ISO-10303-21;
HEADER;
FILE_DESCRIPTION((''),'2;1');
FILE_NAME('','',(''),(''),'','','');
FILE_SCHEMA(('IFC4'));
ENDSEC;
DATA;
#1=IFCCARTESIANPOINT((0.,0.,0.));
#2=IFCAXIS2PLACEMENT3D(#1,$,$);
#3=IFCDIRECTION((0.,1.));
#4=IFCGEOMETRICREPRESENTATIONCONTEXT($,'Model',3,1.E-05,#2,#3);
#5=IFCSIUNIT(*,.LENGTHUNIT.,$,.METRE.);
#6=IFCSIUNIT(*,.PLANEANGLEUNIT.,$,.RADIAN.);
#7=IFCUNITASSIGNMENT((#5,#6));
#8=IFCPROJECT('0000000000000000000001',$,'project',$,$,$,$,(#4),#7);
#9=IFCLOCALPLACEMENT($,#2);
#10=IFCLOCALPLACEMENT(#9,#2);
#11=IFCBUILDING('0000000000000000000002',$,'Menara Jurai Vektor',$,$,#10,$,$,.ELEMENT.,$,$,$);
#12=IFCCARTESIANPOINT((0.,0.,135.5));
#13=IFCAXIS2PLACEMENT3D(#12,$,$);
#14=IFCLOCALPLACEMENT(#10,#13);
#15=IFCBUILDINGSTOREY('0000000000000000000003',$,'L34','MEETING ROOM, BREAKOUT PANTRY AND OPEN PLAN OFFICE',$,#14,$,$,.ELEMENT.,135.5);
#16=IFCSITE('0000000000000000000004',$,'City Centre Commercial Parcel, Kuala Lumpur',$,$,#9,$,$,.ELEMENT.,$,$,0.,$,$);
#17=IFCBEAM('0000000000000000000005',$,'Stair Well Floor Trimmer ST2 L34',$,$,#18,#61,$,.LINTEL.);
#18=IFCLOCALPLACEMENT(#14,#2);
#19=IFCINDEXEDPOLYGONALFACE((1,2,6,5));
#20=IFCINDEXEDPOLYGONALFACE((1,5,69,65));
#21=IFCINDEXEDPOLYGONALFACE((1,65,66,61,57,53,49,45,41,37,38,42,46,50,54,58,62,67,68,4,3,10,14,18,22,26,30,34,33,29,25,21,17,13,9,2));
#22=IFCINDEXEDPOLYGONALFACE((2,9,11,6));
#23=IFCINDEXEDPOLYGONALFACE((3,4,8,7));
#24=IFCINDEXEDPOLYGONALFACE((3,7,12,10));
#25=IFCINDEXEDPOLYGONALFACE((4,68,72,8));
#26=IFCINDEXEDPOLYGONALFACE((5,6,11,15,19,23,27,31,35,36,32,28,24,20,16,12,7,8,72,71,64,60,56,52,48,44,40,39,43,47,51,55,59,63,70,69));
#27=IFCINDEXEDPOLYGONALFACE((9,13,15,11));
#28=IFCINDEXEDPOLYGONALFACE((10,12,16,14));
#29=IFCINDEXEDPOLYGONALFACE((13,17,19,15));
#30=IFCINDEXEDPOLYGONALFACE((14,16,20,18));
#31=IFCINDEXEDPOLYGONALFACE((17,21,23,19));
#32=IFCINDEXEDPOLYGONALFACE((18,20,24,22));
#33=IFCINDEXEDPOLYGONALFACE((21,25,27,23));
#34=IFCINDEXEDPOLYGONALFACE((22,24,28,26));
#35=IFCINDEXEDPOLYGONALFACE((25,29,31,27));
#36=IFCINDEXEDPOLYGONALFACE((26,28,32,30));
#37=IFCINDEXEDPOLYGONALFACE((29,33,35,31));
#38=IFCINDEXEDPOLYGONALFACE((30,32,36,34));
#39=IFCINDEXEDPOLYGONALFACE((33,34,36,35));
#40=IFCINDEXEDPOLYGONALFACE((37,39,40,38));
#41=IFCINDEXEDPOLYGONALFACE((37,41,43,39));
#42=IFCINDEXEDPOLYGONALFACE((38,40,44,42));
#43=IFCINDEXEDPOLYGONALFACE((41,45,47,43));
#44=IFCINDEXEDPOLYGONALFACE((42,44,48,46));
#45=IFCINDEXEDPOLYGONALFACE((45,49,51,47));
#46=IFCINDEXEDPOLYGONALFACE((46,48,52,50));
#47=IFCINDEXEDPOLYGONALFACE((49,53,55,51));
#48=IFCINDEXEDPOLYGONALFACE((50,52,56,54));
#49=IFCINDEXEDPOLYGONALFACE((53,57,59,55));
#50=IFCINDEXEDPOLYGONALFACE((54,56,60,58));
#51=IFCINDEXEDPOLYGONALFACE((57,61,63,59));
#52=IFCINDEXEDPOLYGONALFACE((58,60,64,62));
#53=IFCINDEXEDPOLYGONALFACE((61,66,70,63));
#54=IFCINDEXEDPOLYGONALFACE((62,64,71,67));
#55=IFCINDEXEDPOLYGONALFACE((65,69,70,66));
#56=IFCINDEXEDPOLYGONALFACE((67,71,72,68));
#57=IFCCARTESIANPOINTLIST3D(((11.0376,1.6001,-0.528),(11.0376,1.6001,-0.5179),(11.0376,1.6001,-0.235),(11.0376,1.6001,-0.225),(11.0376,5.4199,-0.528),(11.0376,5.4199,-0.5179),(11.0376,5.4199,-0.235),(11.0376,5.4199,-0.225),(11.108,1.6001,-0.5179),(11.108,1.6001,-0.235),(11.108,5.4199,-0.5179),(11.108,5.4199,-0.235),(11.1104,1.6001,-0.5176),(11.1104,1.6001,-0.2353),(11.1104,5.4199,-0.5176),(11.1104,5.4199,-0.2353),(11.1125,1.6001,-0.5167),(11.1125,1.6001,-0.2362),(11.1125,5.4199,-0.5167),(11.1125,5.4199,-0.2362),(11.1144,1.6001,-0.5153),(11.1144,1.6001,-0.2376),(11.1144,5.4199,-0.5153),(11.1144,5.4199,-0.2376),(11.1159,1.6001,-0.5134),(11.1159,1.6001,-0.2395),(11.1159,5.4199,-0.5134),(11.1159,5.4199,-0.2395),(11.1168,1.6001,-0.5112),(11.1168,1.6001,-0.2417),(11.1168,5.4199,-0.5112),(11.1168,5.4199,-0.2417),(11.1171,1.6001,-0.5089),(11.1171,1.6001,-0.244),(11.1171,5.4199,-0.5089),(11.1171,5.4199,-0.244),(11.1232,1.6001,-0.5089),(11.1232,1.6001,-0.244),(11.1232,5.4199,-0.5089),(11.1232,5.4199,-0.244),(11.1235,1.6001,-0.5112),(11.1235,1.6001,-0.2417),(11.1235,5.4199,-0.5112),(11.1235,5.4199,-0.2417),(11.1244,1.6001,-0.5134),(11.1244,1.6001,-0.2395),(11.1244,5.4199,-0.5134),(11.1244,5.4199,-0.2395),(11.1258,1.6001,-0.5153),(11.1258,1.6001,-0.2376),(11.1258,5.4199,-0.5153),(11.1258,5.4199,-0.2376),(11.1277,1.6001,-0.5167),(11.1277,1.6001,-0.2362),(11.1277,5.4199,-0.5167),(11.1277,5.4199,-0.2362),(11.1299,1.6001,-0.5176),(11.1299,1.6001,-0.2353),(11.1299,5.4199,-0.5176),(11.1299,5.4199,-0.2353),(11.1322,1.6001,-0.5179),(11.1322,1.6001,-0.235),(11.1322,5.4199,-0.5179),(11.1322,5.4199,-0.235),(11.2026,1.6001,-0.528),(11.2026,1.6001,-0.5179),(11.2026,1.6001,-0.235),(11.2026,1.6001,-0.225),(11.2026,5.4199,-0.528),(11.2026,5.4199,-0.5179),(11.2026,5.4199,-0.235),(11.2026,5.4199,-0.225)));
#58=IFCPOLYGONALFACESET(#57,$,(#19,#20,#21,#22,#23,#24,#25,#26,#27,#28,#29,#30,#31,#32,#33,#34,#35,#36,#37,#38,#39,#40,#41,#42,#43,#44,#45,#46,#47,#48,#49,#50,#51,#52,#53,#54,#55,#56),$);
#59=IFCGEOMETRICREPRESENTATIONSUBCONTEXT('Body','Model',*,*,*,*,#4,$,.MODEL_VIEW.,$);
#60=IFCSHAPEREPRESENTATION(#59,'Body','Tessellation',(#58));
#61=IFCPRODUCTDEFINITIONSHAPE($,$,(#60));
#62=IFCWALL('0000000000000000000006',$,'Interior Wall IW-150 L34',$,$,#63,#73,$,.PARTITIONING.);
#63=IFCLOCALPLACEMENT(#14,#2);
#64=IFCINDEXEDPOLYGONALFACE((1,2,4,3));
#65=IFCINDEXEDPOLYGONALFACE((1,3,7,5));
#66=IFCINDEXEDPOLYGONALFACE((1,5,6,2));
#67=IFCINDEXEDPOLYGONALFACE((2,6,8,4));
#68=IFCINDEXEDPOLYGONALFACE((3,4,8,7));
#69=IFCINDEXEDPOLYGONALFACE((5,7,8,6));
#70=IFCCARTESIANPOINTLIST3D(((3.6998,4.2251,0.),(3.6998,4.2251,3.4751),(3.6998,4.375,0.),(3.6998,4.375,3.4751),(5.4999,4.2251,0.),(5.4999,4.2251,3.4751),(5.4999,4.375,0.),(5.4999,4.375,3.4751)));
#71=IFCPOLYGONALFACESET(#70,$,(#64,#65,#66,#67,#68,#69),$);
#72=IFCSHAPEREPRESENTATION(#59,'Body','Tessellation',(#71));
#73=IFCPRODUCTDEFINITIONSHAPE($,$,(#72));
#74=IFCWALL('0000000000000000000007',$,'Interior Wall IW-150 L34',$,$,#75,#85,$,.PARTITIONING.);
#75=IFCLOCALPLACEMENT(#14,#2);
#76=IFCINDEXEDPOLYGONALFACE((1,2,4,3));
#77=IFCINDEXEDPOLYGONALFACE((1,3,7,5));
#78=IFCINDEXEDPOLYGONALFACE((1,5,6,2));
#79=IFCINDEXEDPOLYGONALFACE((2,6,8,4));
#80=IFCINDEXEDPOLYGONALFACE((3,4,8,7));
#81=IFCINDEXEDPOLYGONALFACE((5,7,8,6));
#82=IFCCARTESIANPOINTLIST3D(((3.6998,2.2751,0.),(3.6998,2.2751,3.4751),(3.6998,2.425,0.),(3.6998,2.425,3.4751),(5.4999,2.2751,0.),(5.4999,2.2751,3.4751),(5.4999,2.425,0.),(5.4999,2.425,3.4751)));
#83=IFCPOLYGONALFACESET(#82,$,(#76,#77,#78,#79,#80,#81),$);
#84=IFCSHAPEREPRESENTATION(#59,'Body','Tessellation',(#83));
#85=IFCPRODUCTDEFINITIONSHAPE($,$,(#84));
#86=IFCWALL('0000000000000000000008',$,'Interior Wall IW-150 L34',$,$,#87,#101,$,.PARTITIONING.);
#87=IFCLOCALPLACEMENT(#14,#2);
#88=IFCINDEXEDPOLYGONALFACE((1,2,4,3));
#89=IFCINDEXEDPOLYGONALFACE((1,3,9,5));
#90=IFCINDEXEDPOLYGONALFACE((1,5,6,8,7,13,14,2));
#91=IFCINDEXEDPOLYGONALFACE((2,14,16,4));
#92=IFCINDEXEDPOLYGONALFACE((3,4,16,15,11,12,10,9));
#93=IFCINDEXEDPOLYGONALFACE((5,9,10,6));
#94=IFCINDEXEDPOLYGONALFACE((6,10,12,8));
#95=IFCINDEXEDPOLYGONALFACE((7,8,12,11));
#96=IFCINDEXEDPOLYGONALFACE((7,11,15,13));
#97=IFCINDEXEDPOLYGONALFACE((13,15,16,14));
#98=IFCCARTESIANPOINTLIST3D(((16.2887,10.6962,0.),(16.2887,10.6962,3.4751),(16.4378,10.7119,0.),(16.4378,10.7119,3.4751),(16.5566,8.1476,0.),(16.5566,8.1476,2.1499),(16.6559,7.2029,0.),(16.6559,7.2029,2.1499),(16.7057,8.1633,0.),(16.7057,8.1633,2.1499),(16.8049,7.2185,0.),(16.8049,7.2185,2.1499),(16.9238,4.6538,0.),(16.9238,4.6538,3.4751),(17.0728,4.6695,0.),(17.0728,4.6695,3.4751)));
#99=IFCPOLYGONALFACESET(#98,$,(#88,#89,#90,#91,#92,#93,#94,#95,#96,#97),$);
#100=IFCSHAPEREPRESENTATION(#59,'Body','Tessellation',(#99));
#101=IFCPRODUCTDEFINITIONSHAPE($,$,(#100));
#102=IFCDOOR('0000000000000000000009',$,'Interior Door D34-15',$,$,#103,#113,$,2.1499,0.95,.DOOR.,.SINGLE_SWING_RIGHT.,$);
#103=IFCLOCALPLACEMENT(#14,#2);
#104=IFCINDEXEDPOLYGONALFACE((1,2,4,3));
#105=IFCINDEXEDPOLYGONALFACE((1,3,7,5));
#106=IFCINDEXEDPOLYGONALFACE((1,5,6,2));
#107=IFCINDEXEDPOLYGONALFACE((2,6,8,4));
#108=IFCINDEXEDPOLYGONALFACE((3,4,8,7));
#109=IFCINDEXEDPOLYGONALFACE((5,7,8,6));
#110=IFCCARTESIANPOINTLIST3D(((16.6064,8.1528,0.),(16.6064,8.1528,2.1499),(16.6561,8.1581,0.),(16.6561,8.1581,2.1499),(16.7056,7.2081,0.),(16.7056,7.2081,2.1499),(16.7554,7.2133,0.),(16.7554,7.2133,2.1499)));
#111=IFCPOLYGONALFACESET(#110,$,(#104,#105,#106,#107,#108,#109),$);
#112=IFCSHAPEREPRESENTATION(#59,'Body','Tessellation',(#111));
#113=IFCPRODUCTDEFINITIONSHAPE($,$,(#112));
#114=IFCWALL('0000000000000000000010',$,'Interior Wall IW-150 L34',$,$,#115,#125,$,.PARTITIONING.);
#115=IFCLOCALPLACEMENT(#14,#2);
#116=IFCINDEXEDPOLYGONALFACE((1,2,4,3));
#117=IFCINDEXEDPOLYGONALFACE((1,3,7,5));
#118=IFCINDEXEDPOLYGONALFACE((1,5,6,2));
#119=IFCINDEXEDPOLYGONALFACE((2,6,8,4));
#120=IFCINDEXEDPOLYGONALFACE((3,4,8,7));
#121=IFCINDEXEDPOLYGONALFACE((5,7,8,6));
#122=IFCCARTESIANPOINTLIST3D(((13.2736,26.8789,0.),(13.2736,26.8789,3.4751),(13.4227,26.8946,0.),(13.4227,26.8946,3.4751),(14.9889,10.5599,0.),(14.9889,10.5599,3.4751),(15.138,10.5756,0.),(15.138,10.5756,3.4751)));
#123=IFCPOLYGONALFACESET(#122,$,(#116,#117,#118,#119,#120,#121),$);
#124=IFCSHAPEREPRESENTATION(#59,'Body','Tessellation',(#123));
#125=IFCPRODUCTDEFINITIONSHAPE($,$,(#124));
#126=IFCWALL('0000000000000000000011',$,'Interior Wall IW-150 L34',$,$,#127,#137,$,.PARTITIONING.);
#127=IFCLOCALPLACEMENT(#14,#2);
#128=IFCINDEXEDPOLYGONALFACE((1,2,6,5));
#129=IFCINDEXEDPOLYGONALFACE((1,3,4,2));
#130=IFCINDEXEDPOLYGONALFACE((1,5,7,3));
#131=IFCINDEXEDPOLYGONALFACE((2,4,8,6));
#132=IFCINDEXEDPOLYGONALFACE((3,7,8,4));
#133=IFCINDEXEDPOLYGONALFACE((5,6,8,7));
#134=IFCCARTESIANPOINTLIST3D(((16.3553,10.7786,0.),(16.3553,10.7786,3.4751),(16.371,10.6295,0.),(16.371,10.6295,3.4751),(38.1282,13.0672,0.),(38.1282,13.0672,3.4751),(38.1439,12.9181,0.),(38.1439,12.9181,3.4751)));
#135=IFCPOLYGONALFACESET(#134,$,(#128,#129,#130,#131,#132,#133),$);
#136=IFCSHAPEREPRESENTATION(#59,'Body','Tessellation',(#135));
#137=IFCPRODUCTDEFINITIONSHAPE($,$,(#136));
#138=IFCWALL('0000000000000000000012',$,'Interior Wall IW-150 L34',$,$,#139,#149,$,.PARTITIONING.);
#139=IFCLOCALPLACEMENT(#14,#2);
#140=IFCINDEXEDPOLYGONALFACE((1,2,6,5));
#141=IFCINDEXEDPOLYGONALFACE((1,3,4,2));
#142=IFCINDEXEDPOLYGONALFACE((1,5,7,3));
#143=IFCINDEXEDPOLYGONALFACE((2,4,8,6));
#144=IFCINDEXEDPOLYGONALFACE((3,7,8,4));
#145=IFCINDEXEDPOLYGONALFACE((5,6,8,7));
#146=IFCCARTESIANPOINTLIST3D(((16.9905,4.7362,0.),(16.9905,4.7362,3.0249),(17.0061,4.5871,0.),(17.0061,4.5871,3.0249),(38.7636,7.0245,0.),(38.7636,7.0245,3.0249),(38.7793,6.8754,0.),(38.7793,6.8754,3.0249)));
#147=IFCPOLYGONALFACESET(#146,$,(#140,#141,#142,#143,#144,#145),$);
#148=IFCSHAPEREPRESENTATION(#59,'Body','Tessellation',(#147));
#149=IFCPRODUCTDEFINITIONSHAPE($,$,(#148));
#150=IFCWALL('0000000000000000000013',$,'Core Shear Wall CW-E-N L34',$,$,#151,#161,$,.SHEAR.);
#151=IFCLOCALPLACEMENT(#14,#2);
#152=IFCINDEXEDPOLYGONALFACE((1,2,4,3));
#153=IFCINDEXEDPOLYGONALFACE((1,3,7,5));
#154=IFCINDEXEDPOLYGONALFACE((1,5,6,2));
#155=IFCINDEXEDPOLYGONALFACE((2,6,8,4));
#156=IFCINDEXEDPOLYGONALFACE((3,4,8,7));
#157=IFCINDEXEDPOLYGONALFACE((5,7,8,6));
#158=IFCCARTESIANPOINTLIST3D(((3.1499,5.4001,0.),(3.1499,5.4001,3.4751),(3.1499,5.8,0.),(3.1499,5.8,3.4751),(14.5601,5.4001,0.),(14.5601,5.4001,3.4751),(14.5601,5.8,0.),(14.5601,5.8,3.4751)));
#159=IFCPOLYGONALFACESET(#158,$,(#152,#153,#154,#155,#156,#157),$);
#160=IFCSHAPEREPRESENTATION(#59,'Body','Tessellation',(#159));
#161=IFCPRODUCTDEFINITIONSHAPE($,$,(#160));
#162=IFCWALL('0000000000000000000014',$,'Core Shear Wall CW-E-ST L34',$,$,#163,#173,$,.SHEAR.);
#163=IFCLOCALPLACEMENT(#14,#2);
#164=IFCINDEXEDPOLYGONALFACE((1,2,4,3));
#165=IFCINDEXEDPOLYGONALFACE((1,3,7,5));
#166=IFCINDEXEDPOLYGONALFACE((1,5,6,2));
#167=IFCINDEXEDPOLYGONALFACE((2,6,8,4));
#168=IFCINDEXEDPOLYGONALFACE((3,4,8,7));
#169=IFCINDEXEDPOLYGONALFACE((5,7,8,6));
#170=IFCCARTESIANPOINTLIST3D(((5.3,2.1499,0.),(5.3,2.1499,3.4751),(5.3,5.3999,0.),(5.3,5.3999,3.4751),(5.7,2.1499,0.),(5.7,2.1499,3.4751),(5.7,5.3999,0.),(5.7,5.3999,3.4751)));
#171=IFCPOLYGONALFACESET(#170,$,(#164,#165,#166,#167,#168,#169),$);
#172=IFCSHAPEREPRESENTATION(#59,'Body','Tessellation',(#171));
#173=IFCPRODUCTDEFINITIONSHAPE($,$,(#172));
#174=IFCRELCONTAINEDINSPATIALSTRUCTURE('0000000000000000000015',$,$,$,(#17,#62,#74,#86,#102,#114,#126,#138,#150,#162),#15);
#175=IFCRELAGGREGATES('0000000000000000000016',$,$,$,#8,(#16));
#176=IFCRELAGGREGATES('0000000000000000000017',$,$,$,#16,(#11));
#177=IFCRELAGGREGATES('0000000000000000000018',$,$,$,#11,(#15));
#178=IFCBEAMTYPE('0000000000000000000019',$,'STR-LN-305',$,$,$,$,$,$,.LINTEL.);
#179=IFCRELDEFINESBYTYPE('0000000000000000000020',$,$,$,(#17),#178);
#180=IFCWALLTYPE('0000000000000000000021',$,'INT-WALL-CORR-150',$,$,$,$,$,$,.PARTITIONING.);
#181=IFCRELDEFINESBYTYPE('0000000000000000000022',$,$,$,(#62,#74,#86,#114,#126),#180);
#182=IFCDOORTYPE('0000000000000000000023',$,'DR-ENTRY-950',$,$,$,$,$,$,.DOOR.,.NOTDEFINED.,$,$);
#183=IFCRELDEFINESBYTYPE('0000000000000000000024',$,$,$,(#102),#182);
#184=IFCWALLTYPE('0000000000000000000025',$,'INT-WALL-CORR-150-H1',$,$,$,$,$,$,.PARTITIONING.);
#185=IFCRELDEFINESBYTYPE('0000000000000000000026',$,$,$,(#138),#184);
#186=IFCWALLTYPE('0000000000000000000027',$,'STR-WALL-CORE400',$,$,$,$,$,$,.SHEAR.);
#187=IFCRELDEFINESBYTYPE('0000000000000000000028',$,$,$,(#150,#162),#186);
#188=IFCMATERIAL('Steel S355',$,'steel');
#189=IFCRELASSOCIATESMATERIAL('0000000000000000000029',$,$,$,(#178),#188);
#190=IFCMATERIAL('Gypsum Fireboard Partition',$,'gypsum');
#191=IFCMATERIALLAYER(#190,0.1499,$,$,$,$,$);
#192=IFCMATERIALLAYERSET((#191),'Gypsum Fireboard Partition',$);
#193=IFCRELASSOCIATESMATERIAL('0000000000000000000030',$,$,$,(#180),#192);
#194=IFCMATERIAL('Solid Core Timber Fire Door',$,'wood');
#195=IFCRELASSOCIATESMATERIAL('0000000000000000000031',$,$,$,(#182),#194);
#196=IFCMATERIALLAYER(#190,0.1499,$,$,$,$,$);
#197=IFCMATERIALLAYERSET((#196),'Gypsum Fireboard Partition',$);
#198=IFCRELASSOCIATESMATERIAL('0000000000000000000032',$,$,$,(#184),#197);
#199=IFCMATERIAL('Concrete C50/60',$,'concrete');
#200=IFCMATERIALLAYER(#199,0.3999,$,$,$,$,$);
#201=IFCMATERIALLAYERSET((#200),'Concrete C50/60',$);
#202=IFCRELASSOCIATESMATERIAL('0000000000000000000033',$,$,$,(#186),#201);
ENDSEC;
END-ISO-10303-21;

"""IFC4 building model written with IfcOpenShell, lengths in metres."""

from ifc_helpers import new_model, si_unit, direction, frame, frame_2d, origin, origin_2d, place, context, subcontext, project, spatial, rectangle, i_section, extrude, material, layer, layer_set, material_profile, profile_set, type_object, element, fill, save


model = new_model("IFC4")

# Units and contexts
model_context = context("Model", 3, precision=1e-05, world=origin(), true_north=direction((0.0, 1.0)))
body_context = subcontext(model_context, "Body", "Model", "MODEL_VIEW")
ifc_project = project(units=[si_unit("LENGTHUNIT", "METRE"), si_unit("PLANEANGLEUNIT", "RADIAN")], contexts=[model_context])

# Site, building, storey
site_placement = place(None, origin())
site = spatial("IfcSite", under=ifc_project, at=site_placement, Name="City Centre Commercial Parcel, Kuala Lumpur", CompositionType="ELEMENT", RefElevation=0.0)
building_placement = place(site_placement, origin())
building = spatial("IfcBuilding", under=site, at=building_placement, Name="Menara Jurai Vektor", CompositionType="ELEMENT")
storey_placement = place(building_placement, frame((0.0, 0.0, 135.5)))
storey = spatial("IfcBuildingStorey", under=building, at=storey_placement, Name="L34", Description="MEETING ROOM, BREAKOUT PANTRY AND OPEN PLAN OFFICE", CompositionType="ELEMENT", Elevation=135.5)

# Shared definitions
ifc_material_1 = material(Name="Concrete C50/60", Category="concrete")
ifc_material_2 = material(Name="Steel S355", Category="steel")

# Beam
ifc_material_profile_1 = material_profile(ifc_material_2, i_section(OverallWidth=0.165, OverallDepth=0.303, WebThickness=0.0061, FlangeThickness=0.01, FilletRadius=0.009, at=origin_2d()), Name="UKB 305x165x40")
ifc_profile_set_1 = profile_set([ifc_material_profile_1], Name="Steel S355")
beam_type_1 = type_object("IfcBeamType", Name="STR-LN-305", PredefinedType="LINTEL", material=ifc_profile_set_1)
beam_1_placement = place(storey_placement, frame((11.1201, 1.6001, -0.3765), z_axis=(0.0, 1.0, 0.0), x_axis=(-1.0, 0.0, 0.0)))
element("IfcBeam", 1, at=beam_1_placement, inside=storey, type_object=beam_type_1, Name="Stair Well Floor Trimmer ST2 L34", PredefinedType="LINTEL", context=body_context, shape_type="SweptSolid", body=[
    extrude(i_section(OverallWidth=0.165, OverallDepth=0.303, WebThickness=0.0061, FlangeThickness=0.01, FilletRadius=0.009, at=origin_2d()), origin(), (0.0, 0.0, 1.0), 3.8198),
])

# Walls
ifc_material_3 = material(Name="Gypsum Fireboard Partition", Category="gypsum")
ifc_layer_1 = layer(ifc_material_3, 0.1499)
ifc_layer_set_1 = layer_set([ifc_layer_1], Name="Gypsum Fireboard Partition")
wall_type_1 = type_object("IfcWallType", Name="INT-WALL-CORR-150", PredefinedType="PARTITIONING", material=ifc_layer_set_1)
for number, where, z_axis, x_axis, name in (
    (2, (3.7, 4.3, 0.0), (0.0, 0.0, 1.0), (1.0, 0.0, 0.0), "Interior Wall IW-150 L34"),
    (3, (3.7, 2.3501, 0.0), (0.0, 0.0, 1.0), (1.0, 0.0, 0.0), "Interior Wall IW-150 L34"),
):
    element("IfcWall", number, at=place(storey_placement, frame(where, z_axis=z_axis, x_axis=x_axis)), inside=storey, type_object=wall_type_1, Name=name, PredefinedType="PARTITIONING", context=body_context, shape_type="SweptSolid", body=[
        extrude(rectangle(XDim=1.8, YDim=0.1499, at=frame_2d((0.8999, 0.0))), origin(), (0.0, 0.0, 1.0), 3.4751),
    ])

# Wall, opening, door
ifc_material_4 = material(Name="Solid Core Timber Fire Door", Category="wood")
door_type = type_object("IfcDoorType", Name="DR-ENTRY-950", OperationType="NOTDEFINED", PredefinedType="DOOR", material=ifc_material_4)
wall_1_placement = place(storey_placement, frame((16.9983, 4.6616, 0.0), z_axis=(0.0, 0.0, 1.0), x_axis=(-0.104515, 0.994523, 0.0)))
wall_1 = element("IfcWall", 4, at=wall_1_placement, inside=storey, type_object=wall_type_1, Name="Interior Wall IW-150 L34", PredefinedType="PARTITIONING", context=body_context, shape_type="SweptSolid", body=[
    extrude(rectangle(XDim=6.0757, YDim=0.1499, at=frame_2d((3.0378, 0.0))), origin(), (0.0, 0.0, 1.0), 3.4751),
])
opening_1_placement = place(wall_1_placement, frame((2.563, 0.0, 0.0)))
opening_1 = element("IfcOpeningElement", 5, at=opening_1_placement, cuts=wall_1, PredefinedType="OPENING", context=body_context, shape_type="SweptSolid", body=[
    extrude(rectangle(XDim=0.95, YDim=2.1499, at=frame_2d((0.4751, 1.075))), frame((0.0, 0.085, 0.0), z_axis=(0.0, -1.0, 0.0), x_axis=(1.0, 0.0, 0.0)), (0.0, 0.0, 1.0), 0.1699),
])
door_1_placement = place(opening_1_placement, origin())
door_1 = element("IfcDoor", 6, at=door_1_placement, inside=storey, type_object=door_type, Name="Interior Door D34-15", OperationType="SINGLE_SWING_RIGHT", OverallHeight=2.1499, OverallWidth=0.95, PredefinedType="DOOR", context=body_context, shape_type="SweptSolid", body=[
    extrude(rectangle(XDim=0.95, YDim=2.1499, at=frame_2d((0.4751, 1.075))), frame((0.0, 0.0249, 0.0), z_axis=(0.0, -1.0, 0.0), x_axis=(1.0, 0.0, 0.0)), (0.0, 0.0, 1.0), 0.05),
])
fill(opening_1, door_1)

# Walls
wall_2_placement = place(storey_placement, frame((15.0635, 10.5676, 0.0), z_axis=(0.0, 0.0, 1.0), x_axis=(-0.104536, 0.994521, 0.0)))
element("IfcWall", 7, at=wall_2_placement, inside=storey, type_object=wall_type_1, Name="Interior Wall IW-150 L34", PredefinedType="PARTITIONING", context=body_context, shape_type="SweptSolid", body=[
    extrude(rectangle(XDim=16.4089, YDim=0.1499, at=frame_2d((8.2046, 0.0))), origin(), (0.0, 0.0, 1.0), 3.4751),
])
wall_3_placement = place(storey_placement, frame((16.3633, 10.7041, 0.0), z_axis=(0.0, 0.0, 1.0), x_axis=(0.994521, 0.104535, 0.0)))
element("IfcWall", 8, at=wall_3_placement, inside=storey, type_object=wall_type_1, Name="Interior Wall IW-150 L34", PredefinedType="PARTITIONING", context=body_context, shape_type="SweptSolid", body=[
    extrude(rectangle(XDim=21.8928, YDim=0.1499, at=frame_2d((10.9463, 0.0))), origin(), (0.0, 0.0, 1.0), 3.4751),
])
ifc_layer_2 = layer(ifc_material_3, 0.1499)
ifc_layer_set_2 = layer_set([ifc_layer_2], Name="Gypsum Fireboard Partition")
wall_type_2 = type_object("IfcWallType", Name="INT-WALL-CORR-150-H1", PredefinedType="PARTITIONING", material=ifc_layer_set_2)
wall_4_placement = place(storey_placement, frame((16.9983, 4.6616, 0.0), z_axis=(0.0, 0.0, 1.0), x_axis=(0.994522, 0.104523, 0.0)))
element("IfcWall", 9, at=wall_4_placement, inside=storey, type_object=wall_type_2, Name="Interior Wall IW-150 L34", PredefinedType="PARTITIONING", context=body_context, shape_type="SweptSolid", body=[
    extrude(rectangle(XDim=21.8931, YDim=0.1499, at=frame_2d((10.9465, 0.0))), origin(), (0.0, 0.0, 1.0), 3.0249),
])
ifc_layer_3 = layer(ifc_material_1, 0.3999)
ifc_layer_set_3 = layer_set([ifc_layer_3], Name="Concrete C50/60")
wall_type_3 = type_object("IfcWallType", Name="STR-WALL-CORE400", PredefinedType="SHEAR", material=ifc_layer_set_3)
wall_5_placement = place(storey_placement, frame((3.1499, 5.6001, 0.0), z_axis=(0.0, 0.0, 1.0), x_axis=(1.0, 0.0, 0.0)))
element("IfcWall", 10, at=wall_5_placement, inside=storey, type_object=wall_type_3, Name="Core Shear Wall CW-E-N L34", PredefinedType="SHEAR", context=body_context, shape_type="SweptSolid", body=[
    extrude(rectangle(XDim=11.4102, YDim=0.3999, at=frame_2d((5.7051, 0.0))), origin(), (0.0, 0.0, 1.0), 3.4751),
])
wall_6_placement = place(storey_placement, frame((5.5, 2.1499, 0.0), z_axis=(0.0, 0.0, 1.0), x_axis=(0.0, 1.0, 0.0)))
element("IfcWall", 11, at=wall_6_placement, inside=storey, type_object=wall_type_3, Name="Core Shear Wall CW-E-ST L34", PredefinedType="SHEAR", context=body_context, shape_type="SweptSolid", body=[
    extrude(rectangle(XDim=3.25, YDim=0.3999, at=frame_2d((1.625, 0.0))), origin(), (0.0, 0.0, 1.0), 3.4751),
])

save(model, "model.ifc")
